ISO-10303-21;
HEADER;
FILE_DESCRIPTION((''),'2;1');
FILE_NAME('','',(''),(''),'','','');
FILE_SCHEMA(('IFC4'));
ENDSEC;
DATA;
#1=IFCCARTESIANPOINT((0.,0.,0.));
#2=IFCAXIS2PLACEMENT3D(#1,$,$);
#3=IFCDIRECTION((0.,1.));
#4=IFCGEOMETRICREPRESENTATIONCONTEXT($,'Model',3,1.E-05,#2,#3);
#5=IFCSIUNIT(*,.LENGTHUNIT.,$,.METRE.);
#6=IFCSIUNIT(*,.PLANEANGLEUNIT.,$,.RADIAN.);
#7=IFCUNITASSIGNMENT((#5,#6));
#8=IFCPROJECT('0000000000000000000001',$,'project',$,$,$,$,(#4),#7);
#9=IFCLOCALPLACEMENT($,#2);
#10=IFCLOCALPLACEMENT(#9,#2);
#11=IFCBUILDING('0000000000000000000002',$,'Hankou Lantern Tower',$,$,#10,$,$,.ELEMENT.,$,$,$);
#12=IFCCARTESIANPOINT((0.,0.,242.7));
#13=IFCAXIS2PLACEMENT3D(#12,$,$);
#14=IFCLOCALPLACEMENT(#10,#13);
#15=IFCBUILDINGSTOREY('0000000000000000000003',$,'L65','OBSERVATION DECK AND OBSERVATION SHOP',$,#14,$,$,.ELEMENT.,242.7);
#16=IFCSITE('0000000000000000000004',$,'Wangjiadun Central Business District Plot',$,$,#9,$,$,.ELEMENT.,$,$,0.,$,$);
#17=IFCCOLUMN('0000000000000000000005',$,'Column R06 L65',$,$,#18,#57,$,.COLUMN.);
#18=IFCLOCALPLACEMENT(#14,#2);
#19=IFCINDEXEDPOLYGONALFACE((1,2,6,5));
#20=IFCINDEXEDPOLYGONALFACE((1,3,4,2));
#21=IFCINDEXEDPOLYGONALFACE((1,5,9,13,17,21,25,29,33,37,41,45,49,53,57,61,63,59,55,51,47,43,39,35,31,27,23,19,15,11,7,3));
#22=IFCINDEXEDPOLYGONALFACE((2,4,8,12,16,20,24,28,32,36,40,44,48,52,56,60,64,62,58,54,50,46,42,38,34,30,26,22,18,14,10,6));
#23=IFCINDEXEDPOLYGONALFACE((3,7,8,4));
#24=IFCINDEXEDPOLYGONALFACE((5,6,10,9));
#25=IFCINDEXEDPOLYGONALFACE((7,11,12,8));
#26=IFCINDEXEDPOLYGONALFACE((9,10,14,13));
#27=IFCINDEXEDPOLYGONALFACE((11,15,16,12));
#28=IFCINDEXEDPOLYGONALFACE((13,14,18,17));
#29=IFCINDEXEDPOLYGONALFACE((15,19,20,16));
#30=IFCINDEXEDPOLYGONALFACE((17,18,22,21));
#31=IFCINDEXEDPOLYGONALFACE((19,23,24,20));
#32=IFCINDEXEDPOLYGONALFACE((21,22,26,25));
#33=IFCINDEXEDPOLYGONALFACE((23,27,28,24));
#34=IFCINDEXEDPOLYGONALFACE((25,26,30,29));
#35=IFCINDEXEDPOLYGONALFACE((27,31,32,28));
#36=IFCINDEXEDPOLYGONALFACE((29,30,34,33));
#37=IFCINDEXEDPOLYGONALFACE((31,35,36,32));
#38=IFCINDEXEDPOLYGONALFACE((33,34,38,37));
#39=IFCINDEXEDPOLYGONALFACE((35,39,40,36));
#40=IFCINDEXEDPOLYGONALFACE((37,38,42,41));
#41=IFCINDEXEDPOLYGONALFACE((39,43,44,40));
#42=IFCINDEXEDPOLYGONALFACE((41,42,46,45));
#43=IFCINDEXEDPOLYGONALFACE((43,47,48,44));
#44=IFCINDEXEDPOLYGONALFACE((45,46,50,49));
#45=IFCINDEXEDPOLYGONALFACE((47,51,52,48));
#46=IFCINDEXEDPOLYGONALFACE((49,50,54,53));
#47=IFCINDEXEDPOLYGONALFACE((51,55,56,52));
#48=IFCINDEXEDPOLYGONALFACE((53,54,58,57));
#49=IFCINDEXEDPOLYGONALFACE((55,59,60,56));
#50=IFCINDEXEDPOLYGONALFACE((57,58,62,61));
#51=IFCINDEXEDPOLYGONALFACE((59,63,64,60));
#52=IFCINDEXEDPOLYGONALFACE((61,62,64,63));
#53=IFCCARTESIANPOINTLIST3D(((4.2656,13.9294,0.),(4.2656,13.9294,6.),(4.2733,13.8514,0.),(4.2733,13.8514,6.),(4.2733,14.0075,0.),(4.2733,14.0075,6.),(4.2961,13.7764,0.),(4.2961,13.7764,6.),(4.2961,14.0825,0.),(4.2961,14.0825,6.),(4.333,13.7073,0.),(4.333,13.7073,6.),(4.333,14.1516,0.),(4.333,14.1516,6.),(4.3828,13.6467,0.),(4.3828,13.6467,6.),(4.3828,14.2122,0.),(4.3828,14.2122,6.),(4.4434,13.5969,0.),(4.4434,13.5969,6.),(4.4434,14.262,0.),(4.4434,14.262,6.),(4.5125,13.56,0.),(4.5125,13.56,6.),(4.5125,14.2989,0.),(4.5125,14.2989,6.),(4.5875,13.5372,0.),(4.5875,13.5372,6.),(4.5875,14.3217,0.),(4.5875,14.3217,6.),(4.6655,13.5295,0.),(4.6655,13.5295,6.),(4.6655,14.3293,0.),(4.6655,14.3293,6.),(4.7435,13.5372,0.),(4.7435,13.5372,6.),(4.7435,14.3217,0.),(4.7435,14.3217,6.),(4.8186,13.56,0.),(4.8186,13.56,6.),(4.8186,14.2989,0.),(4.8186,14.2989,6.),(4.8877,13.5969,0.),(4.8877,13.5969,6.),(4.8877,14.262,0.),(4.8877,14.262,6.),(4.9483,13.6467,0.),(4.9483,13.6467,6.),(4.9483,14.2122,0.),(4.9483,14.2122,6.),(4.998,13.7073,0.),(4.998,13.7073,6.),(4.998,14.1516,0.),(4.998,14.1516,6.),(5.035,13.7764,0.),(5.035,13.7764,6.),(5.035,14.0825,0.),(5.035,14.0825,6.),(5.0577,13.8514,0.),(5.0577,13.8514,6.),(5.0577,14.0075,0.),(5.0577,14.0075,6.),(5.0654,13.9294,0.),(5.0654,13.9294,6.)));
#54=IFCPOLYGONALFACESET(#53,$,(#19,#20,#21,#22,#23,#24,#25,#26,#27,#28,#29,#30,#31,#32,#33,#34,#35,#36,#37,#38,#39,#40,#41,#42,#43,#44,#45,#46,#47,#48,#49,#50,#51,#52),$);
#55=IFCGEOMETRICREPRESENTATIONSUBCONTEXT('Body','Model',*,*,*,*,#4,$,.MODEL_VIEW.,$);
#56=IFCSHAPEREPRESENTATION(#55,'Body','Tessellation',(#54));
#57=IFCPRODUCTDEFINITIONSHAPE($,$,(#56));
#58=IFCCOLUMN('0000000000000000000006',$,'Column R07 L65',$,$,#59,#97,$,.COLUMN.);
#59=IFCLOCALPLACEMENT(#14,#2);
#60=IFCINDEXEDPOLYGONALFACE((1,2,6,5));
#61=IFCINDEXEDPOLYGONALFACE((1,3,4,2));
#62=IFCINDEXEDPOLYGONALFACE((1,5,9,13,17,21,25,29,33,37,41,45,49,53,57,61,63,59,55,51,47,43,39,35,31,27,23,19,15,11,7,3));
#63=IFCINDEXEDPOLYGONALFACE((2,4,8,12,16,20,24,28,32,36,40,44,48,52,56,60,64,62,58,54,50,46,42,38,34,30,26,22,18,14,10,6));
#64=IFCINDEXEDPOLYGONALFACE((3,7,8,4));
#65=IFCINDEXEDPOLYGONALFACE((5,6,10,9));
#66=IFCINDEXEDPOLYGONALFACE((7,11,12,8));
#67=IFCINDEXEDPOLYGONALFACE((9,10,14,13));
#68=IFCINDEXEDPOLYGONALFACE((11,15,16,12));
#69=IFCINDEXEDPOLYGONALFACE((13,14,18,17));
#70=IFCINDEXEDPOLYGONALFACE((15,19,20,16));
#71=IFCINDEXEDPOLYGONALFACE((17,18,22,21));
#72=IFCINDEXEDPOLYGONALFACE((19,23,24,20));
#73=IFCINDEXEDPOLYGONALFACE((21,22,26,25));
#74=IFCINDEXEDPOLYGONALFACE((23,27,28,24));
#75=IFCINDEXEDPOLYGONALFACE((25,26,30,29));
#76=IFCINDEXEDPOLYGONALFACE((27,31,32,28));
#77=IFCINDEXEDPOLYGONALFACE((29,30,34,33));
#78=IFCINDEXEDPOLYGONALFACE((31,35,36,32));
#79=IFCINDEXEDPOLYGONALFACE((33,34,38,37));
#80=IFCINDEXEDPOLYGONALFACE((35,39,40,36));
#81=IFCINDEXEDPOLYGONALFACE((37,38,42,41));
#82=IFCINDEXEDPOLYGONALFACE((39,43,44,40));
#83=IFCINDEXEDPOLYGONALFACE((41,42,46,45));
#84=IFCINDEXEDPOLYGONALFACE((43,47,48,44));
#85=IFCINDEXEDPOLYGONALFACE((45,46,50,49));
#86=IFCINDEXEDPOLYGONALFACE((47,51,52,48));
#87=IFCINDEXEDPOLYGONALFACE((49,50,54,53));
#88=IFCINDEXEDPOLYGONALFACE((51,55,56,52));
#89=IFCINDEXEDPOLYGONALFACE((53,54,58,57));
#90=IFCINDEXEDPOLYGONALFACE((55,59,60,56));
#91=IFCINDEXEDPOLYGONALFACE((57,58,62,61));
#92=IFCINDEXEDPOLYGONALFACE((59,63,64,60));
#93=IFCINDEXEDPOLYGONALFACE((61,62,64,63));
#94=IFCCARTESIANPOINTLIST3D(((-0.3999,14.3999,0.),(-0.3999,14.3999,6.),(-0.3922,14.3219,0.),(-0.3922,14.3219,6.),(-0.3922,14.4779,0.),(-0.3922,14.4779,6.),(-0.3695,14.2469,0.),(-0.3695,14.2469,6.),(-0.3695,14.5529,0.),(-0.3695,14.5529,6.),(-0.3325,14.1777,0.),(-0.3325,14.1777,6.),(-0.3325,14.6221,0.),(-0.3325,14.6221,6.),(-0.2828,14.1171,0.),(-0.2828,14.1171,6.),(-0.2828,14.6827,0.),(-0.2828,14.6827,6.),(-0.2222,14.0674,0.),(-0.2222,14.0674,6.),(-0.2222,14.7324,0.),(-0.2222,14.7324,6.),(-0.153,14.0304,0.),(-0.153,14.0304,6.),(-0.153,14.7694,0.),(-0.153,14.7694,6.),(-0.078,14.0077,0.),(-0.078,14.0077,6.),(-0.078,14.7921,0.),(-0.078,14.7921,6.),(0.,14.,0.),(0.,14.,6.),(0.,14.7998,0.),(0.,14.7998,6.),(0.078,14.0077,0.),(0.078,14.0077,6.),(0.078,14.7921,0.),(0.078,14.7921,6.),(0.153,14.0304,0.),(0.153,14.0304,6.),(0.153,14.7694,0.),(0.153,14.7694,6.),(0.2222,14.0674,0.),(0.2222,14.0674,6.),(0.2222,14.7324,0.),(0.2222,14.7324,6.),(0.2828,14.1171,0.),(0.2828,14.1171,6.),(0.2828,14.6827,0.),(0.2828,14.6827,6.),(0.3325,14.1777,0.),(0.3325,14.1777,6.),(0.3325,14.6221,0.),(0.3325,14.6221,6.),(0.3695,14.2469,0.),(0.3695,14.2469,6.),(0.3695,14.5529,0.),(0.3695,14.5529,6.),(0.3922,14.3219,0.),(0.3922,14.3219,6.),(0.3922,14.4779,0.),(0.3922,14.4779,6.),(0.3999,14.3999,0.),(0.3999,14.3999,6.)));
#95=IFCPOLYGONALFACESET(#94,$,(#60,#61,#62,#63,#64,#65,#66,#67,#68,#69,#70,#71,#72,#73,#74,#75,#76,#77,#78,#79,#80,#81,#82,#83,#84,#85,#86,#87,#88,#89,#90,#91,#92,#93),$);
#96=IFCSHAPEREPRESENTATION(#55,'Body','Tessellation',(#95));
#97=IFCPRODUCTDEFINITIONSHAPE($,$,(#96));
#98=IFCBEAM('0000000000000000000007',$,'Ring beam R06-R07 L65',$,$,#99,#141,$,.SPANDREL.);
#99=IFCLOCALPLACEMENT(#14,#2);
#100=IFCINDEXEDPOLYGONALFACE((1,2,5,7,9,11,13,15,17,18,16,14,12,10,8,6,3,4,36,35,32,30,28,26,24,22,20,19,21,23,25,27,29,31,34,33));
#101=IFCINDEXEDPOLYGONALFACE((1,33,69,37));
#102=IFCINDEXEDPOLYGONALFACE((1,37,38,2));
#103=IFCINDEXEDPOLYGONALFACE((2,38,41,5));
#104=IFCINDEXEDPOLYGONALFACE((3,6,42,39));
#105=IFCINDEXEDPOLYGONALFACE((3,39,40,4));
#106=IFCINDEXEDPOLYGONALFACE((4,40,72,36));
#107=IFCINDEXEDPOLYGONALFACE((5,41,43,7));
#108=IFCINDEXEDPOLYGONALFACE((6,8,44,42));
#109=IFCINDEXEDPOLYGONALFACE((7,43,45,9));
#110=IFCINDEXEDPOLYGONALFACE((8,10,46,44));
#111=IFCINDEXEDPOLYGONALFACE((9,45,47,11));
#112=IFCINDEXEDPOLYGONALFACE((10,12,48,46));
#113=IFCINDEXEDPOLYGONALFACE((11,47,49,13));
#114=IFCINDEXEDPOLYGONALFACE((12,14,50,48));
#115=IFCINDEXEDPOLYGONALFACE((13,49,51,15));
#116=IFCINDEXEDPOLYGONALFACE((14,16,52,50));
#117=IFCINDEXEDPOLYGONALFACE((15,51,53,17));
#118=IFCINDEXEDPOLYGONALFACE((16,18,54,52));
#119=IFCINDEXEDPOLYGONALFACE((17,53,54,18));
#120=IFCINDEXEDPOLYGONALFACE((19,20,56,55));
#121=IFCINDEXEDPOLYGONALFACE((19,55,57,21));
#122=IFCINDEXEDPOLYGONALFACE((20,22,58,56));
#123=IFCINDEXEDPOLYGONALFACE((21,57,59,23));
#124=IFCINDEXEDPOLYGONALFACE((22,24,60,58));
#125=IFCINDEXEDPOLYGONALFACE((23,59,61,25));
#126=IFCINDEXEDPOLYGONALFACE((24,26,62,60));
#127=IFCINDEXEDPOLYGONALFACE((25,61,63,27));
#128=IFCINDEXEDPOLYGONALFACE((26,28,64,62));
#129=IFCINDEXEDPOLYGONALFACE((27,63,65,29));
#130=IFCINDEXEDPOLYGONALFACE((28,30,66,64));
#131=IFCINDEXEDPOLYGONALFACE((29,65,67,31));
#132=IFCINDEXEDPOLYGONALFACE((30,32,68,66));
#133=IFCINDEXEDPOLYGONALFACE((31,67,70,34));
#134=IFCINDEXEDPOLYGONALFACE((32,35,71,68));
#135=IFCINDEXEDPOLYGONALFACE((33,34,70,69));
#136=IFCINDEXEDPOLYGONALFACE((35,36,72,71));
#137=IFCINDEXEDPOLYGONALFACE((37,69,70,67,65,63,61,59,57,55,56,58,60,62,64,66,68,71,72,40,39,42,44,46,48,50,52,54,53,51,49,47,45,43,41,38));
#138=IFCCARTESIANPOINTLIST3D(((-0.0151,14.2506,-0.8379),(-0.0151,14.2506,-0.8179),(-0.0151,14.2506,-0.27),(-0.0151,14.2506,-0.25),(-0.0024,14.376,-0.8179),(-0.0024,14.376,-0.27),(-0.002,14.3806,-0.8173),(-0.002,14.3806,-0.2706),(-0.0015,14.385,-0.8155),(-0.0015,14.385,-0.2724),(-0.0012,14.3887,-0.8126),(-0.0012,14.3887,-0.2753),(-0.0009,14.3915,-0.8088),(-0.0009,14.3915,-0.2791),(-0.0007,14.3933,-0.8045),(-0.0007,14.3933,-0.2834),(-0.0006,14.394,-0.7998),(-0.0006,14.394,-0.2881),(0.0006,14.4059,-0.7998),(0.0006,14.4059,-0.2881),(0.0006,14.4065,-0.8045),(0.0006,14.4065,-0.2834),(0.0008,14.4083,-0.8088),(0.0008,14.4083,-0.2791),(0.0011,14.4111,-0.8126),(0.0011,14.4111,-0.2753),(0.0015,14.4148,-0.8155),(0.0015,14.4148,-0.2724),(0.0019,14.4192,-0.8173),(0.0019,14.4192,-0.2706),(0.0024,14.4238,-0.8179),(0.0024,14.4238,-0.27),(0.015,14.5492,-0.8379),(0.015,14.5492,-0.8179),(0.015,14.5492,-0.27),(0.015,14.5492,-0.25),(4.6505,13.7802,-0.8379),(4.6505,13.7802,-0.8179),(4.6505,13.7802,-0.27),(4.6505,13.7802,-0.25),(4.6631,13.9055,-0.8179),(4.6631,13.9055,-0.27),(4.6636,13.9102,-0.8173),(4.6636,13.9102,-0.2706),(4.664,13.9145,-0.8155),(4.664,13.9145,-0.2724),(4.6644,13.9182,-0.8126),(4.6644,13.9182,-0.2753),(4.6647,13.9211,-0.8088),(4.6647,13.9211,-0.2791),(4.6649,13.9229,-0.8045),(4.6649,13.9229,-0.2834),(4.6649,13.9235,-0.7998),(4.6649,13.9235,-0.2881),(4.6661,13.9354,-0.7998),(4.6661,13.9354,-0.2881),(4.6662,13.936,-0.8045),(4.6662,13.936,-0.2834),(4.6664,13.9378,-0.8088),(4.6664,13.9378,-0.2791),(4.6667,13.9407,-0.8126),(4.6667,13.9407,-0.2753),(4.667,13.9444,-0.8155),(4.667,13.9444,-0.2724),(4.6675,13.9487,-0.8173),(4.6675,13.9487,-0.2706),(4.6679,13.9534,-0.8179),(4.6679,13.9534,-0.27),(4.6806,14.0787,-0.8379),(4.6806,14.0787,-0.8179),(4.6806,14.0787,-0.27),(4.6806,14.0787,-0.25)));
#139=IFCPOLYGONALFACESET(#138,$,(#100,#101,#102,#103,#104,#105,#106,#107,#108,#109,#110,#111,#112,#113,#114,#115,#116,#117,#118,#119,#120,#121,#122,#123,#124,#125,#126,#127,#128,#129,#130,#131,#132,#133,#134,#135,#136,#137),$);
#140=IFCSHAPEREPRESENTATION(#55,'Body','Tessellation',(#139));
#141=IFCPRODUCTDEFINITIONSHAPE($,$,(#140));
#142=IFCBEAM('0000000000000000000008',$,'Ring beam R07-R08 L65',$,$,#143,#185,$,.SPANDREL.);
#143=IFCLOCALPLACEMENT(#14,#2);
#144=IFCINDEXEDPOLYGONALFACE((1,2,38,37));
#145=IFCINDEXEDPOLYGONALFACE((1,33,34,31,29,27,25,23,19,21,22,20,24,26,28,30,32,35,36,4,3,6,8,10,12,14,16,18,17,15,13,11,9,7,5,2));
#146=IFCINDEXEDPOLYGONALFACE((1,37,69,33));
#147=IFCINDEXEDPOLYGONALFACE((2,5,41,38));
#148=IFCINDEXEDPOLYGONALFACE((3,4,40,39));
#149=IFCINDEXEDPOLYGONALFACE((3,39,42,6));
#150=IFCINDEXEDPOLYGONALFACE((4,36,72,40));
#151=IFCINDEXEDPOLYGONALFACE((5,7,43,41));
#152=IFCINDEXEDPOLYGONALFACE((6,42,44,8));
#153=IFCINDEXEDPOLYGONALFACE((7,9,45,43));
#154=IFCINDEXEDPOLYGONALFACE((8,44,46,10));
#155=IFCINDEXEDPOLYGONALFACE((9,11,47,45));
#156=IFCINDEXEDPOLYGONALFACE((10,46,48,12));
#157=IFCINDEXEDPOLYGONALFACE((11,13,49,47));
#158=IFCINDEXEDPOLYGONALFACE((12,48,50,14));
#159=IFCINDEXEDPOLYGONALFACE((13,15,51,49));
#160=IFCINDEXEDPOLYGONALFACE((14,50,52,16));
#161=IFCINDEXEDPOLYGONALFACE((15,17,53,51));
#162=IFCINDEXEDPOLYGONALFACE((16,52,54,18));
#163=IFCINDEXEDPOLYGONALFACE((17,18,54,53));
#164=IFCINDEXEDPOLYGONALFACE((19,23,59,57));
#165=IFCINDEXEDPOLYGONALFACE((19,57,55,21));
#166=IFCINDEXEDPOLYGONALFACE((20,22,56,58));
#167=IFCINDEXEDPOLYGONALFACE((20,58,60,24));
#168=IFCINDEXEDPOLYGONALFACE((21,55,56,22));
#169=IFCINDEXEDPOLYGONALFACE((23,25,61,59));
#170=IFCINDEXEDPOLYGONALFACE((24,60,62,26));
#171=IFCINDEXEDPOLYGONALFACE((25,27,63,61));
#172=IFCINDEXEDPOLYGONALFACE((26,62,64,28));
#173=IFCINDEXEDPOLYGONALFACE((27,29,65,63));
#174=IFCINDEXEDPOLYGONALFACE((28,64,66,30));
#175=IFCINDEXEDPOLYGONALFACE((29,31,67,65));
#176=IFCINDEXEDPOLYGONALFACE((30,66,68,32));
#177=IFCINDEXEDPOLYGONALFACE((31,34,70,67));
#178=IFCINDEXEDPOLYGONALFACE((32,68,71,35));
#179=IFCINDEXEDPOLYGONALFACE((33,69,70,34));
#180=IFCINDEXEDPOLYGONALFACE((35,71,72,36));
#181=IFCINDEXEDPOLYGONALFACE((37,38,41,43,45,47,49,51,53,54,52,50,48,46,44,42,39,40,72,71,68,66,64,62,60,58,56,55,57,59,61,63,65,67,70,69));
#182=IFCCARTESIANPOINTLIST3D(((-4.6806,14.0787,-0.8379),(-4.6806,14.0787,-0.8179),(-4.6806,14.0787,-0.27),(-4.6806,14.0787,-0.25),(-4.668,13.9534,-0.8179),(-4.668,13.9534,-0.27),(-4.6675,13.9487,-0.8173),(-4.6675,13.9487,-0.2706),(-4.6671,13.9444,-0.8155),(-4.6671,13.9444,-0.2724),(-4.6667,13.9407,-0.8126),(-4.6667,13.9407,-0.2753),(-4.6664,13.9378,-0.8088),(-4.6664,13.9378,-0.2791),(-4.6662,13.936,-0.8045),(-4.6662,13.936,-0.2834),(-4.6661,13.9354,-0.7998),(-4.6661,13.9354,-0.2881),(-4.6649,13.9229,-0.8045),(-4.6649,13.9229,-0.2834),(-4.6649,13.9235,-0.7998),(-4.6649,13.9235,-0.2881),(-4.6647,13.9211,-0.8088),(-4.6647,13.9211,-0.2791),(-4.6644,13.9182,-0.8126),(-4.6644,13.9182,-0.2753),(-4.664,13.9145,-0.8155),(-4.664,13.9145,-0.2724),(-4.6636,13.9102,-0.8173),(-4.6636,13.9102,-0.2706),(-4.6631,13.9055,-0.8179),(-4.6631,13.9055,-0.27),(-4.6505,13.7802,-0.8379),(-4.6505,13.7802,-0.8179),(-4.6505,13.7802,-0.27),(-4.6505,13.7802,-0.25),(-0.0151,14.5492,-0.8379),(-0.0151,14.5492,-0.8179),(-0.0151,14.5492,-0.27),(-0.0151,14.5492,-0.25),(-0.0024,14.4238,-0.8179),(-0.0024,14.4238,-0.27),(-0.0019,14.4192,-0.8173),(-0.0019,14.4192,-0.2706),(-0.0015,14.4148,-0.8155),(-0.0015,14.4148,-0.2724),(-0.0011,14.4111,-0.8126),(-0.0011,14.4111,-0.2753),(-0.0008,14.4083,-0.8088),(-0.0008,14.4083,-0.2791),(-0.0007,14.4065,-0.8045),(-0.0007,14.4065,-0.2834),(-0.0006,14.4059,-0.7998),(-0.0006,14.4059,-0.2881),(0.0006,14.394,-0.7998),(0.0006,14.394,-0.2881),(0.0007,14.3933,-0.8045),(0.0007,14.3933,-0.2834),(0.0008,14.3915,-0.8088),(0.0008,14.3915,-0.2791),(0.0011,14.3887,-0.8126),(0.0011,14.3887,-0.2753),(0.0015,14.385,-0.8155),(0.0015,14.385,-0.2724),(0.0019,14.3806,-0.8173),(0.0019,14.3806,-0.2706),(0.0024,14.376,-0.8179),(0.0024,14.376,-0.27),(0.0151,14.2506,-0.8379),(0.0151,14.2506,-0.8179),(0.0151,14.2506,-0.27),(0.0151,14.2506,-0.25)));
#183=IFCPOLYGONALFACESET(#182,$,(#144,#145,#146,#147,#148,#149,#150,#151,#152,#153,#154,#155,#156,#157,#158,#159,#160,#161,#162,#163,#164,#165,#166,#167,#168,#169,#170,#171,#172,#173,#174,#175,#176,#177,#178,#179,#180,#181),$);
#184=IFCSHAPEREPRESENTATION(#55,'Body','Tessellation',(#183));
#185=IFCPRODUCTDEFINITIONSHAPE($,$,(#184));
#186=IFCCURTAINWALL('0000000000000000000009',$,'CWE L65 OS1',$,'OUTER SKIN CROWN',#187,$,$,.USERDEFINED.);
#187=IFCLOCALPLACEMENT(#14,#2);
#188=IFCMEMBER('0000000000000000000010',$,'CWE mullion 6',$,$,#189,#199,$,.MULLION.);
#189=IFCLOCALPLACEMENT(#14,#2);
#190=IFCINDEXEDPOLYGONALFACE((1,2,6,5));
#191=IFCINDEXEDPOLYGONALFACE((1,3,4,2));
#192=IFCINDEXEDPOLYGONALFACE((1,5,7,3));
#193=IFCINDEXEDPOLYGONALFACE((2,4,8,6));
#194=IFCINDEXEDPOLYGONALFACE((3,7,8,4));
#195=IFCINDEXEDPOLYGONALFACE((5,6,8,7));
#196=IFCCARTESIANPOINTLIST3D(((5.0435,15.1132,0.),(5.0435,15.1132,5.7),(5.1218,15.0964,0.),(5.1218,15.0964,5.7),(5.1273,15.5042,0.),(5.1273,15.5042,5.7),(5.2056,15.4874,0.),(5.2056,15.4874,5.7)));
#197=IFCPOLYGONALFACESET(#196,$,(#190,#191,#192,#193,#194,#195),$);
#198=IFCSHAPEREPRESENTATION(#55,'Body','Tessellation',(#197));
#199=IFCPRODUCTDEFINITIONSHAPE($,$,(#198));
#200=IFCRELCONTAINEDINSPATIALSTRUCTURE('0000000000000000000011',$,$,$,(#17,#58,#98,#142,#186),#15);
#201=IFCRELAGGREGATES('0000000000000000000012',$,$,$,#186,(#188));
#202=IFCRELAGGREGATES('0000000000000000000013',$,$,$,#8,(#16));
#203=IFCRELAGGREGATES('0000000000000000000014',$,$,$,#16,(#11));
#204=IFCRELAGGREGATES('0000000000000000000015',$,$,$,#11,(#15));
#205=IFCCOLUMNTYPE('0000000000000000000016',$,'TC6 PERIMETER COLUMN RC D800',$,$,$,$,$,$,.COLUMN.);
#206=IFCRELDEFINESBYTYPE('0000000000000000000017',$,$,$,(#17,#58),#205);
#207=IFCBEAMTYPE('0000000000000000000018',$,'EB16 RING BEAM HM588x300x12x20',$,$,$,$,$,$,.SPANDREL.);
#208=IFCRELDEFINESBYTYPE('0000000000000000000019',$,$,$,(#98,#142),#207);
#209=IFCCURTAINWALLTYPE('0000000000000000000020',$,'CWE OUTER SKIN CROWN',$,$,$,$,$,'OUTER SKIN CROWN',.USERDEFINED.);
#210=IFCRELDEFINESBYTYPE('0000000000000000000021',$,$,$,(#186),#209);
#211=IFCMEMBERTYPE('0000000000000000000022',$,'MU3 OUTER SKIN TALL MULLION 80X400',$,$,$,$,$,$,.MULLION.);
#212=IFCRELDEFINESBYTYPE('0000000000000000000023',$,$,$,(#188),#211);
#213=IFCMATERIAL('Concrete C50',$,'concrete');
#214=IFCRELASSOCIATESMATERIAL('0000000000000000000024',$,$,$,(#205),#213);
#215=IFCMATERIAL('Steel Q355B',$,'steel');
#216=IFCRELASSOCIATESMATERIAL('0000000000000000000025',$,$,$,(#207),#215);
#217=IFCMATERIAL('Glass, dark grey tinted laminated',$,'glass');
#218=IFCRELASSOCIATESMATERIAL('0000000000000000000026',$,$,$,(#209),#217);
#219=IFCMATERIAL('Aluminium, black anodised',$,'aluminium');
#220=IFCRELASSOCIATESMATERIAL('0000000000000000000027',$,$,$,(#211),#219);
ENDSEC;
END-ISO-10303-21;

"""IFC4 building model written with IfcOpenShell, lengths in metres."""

from ifc_helpers import new_model, si_unit, direction, frame, origin, origin_2d, place, context, subcontext, project, spatial, rectangle, circle, i_section, extrude, material, material_profile, profile_set, type_object, element, aggregate, save


model = new_model("IFC4")

# Units and contexts
model_context = context("Model", 3, precision=1e-05, world=origin(), true_north=direction((0.0, 1.0)))
body_context = subcontext(model_context, "Body", "Model", "MODEL_VIEW")
ifc_project = project(units=[si_unit("LENGTHUNIT", "METRE"), si_unit("PLANEANGLEUNIT", "RADIAN")], contexts=[model_context])

# Site, building, storey
site_placement = place(None, origin())
site = spatial("IfcSite", under=ifc_project, at=site_placement, Name="Wangjiadun Central Business District Plot", CompositionType="ELEMENT", RefElevation=0.0)
building_placement = place(site_placement, origin())
building = spatial("IfcBuilding", under=site, at=building_placement, Name="Hankou Lantern Tower", CompositionType="ELEMENT")
storey_placement = place(building_placement, frame((0.0, 0.0, 242.7)))
storey = spatial("IfcBuildingStorey", under=building, at=storey_placement, Name="L65", Description="OBSERVATION DECK AND OBSERVATION SHOP", CompositionType="ELEMENT", Elevation=242.7)

# Columns
ifc_material_1 = material(Name="Concrete C50", Category="concrete")
ifc_material_profile_1 = material_profile(ifc_material_1, circle(Radius=0.3999, at=origin_2d()), Name="RC D800")
ifc_profile_set_1 = profile_set([ifc_material_profile_1], Name="Concrete C50")
column_type = type_object("IfcColumnType", Name="TC6 PERIMETER COLUMN RC D800", PredefinedType="COLUMN", material=ifc_profile_set_1)
for number, where, z_axis, x_axis, name in (
    (1, (4.6655, 13.9294, 0.0), (0.0, 0.0, 1.0), (1.0, 0.0, 0.0), "Column R06 L65"),
    (2, (0.0, 14.3999, 0.0), (0.0, 0.0, 1.0), (1.0, 0.0, 0.0), "Column R07 L65"),
):
    element("IfcColumn", number, at=place(storey_placement, frame(where, z_axis=z_axis, x_axis=x_axis)), inside=storey, type_object=column_type, Name=name, PredefinedType="COLUMN", context=body_context, shape_type="SweptSolid", body=[
        extrude(circle(Radius=0.3999, at=origin_2d()), origin(), (0.0, 0.0, 1.0), 6.0),
    ])

# Beams
ifc_material_2 = material(Name="Steel Q355B", Category="steel")
ifc_material_profile_2 = material_profile(ifc_material_2, i_section(OverallWidth=0.3, OverallDepth=0.5879, WebThickness=0.012, FlangeThickness=0.02, FilletRadius=0.0181, at=origin_2d()), Name="HM588x300x12x20")
ifc_profile_set_2 = profile_set([ifc_material_profile_2], Name="Steel Q355B")
beam_type_1 = type_object("IfcBeamType", Name="EB16 RING BEAM HM588x300x12x20", PredefinedType="SPANDREL", material=ifc_profile_set_2)
for number, where, z_axis, x_axis, name in (
    (3, (4.6655, 13.9294, -0.5439), (-0.994954, 0.100328, 0.0), (-0.100328, -0.994954, 0.0), "Ring beam R06-R07 L65"),
    (4, (0.0, 14.3999, -0.5439), (-0.994954, -0.100328, 0.0), (0.100328, -0.994954, 0.0), "Ring beam R07-R08 L65"),
):
    element("IfcBeam", number, at=place(storey_placement, frame(where, z_axis=z_axis, x_axis=x_axis)), inside=storey, type_object=beam_type_1, Name=name, PredefinedType="SPANDREL", context=body_context, shape_type="SweptSolid", body=[
        extrude(i_section(OverallWidth=0.3, OverallDepth=0.5879, WebThickness=0.012, FlangeThickness=0.02, FilletRadius=0.0181, at=origin_2d()), origin(), (0.0, 0.0, 1.0), 4.6892),
    ])

# Curtain wall, member
ifc_material_3 = material(Name="Glass, dark grey tinted laminated", Category="glass")
curtain_wall_type = type_object("IfcCurtainWallType", Name="CWE OUTER SKIN CROWN", ElementType="OUTER SKIN CROWN", PredefinedType="USERDEFINED", material=ifc_material_3)
curtain_wall_1_placement = place(storey_placement, origin())
curtain_wall_1 = element("IfcCurtainWall", 5, at=curtain_wall_1_placement, inside=storey, type_object=curtain_wall_type, Name="CWE L65 OS1", ObjectType="OUTER SKIN CROWN", PredefinedType="USERDEFINED")
ifc_material_4 = material(Name="Aluminium, black anodised", Category="aluminium")
ifc_material_profile_3 = material_profile(ifc_material_4, rectangle(XDim=0.0801, YDim=0.3999, at=origin_2d()), Name="MU3 80X400")
ifc_profile_set_3 = profile_set([ifc_material_profile_3], Name="Aluminium, black anodised")
member_type_1 = type_object("IfcMemberType", Name="MU3 OUTER SKIN TALL MULLION 80X400", PredefinedType="MULLION", material=ifc_profile_set_3)
member_1_placement = place(storey_placement, frame((5.1245, 15.3003, 0.0), z_axis=(0.0, 0.0, 1.0), x_axis=(-0.977788, 0.209598, 0.0)))
member_1 = element("IfcMember", 6, at=member_1_placement, type_object=member_type_1, Name="CWE mullion 6", PredefinedType="MULLION", context=body_context, shape_type="SweptSolid", body=[
    extrude(rectangle(XDim=0.0801, YDim=0.3999, at=origin_2d()), origin(), (0.0, 0.0, 1.0), 5.7),
])

aggregate(curtain_wall_1, [member_1])

save(model, "model.ifc")
